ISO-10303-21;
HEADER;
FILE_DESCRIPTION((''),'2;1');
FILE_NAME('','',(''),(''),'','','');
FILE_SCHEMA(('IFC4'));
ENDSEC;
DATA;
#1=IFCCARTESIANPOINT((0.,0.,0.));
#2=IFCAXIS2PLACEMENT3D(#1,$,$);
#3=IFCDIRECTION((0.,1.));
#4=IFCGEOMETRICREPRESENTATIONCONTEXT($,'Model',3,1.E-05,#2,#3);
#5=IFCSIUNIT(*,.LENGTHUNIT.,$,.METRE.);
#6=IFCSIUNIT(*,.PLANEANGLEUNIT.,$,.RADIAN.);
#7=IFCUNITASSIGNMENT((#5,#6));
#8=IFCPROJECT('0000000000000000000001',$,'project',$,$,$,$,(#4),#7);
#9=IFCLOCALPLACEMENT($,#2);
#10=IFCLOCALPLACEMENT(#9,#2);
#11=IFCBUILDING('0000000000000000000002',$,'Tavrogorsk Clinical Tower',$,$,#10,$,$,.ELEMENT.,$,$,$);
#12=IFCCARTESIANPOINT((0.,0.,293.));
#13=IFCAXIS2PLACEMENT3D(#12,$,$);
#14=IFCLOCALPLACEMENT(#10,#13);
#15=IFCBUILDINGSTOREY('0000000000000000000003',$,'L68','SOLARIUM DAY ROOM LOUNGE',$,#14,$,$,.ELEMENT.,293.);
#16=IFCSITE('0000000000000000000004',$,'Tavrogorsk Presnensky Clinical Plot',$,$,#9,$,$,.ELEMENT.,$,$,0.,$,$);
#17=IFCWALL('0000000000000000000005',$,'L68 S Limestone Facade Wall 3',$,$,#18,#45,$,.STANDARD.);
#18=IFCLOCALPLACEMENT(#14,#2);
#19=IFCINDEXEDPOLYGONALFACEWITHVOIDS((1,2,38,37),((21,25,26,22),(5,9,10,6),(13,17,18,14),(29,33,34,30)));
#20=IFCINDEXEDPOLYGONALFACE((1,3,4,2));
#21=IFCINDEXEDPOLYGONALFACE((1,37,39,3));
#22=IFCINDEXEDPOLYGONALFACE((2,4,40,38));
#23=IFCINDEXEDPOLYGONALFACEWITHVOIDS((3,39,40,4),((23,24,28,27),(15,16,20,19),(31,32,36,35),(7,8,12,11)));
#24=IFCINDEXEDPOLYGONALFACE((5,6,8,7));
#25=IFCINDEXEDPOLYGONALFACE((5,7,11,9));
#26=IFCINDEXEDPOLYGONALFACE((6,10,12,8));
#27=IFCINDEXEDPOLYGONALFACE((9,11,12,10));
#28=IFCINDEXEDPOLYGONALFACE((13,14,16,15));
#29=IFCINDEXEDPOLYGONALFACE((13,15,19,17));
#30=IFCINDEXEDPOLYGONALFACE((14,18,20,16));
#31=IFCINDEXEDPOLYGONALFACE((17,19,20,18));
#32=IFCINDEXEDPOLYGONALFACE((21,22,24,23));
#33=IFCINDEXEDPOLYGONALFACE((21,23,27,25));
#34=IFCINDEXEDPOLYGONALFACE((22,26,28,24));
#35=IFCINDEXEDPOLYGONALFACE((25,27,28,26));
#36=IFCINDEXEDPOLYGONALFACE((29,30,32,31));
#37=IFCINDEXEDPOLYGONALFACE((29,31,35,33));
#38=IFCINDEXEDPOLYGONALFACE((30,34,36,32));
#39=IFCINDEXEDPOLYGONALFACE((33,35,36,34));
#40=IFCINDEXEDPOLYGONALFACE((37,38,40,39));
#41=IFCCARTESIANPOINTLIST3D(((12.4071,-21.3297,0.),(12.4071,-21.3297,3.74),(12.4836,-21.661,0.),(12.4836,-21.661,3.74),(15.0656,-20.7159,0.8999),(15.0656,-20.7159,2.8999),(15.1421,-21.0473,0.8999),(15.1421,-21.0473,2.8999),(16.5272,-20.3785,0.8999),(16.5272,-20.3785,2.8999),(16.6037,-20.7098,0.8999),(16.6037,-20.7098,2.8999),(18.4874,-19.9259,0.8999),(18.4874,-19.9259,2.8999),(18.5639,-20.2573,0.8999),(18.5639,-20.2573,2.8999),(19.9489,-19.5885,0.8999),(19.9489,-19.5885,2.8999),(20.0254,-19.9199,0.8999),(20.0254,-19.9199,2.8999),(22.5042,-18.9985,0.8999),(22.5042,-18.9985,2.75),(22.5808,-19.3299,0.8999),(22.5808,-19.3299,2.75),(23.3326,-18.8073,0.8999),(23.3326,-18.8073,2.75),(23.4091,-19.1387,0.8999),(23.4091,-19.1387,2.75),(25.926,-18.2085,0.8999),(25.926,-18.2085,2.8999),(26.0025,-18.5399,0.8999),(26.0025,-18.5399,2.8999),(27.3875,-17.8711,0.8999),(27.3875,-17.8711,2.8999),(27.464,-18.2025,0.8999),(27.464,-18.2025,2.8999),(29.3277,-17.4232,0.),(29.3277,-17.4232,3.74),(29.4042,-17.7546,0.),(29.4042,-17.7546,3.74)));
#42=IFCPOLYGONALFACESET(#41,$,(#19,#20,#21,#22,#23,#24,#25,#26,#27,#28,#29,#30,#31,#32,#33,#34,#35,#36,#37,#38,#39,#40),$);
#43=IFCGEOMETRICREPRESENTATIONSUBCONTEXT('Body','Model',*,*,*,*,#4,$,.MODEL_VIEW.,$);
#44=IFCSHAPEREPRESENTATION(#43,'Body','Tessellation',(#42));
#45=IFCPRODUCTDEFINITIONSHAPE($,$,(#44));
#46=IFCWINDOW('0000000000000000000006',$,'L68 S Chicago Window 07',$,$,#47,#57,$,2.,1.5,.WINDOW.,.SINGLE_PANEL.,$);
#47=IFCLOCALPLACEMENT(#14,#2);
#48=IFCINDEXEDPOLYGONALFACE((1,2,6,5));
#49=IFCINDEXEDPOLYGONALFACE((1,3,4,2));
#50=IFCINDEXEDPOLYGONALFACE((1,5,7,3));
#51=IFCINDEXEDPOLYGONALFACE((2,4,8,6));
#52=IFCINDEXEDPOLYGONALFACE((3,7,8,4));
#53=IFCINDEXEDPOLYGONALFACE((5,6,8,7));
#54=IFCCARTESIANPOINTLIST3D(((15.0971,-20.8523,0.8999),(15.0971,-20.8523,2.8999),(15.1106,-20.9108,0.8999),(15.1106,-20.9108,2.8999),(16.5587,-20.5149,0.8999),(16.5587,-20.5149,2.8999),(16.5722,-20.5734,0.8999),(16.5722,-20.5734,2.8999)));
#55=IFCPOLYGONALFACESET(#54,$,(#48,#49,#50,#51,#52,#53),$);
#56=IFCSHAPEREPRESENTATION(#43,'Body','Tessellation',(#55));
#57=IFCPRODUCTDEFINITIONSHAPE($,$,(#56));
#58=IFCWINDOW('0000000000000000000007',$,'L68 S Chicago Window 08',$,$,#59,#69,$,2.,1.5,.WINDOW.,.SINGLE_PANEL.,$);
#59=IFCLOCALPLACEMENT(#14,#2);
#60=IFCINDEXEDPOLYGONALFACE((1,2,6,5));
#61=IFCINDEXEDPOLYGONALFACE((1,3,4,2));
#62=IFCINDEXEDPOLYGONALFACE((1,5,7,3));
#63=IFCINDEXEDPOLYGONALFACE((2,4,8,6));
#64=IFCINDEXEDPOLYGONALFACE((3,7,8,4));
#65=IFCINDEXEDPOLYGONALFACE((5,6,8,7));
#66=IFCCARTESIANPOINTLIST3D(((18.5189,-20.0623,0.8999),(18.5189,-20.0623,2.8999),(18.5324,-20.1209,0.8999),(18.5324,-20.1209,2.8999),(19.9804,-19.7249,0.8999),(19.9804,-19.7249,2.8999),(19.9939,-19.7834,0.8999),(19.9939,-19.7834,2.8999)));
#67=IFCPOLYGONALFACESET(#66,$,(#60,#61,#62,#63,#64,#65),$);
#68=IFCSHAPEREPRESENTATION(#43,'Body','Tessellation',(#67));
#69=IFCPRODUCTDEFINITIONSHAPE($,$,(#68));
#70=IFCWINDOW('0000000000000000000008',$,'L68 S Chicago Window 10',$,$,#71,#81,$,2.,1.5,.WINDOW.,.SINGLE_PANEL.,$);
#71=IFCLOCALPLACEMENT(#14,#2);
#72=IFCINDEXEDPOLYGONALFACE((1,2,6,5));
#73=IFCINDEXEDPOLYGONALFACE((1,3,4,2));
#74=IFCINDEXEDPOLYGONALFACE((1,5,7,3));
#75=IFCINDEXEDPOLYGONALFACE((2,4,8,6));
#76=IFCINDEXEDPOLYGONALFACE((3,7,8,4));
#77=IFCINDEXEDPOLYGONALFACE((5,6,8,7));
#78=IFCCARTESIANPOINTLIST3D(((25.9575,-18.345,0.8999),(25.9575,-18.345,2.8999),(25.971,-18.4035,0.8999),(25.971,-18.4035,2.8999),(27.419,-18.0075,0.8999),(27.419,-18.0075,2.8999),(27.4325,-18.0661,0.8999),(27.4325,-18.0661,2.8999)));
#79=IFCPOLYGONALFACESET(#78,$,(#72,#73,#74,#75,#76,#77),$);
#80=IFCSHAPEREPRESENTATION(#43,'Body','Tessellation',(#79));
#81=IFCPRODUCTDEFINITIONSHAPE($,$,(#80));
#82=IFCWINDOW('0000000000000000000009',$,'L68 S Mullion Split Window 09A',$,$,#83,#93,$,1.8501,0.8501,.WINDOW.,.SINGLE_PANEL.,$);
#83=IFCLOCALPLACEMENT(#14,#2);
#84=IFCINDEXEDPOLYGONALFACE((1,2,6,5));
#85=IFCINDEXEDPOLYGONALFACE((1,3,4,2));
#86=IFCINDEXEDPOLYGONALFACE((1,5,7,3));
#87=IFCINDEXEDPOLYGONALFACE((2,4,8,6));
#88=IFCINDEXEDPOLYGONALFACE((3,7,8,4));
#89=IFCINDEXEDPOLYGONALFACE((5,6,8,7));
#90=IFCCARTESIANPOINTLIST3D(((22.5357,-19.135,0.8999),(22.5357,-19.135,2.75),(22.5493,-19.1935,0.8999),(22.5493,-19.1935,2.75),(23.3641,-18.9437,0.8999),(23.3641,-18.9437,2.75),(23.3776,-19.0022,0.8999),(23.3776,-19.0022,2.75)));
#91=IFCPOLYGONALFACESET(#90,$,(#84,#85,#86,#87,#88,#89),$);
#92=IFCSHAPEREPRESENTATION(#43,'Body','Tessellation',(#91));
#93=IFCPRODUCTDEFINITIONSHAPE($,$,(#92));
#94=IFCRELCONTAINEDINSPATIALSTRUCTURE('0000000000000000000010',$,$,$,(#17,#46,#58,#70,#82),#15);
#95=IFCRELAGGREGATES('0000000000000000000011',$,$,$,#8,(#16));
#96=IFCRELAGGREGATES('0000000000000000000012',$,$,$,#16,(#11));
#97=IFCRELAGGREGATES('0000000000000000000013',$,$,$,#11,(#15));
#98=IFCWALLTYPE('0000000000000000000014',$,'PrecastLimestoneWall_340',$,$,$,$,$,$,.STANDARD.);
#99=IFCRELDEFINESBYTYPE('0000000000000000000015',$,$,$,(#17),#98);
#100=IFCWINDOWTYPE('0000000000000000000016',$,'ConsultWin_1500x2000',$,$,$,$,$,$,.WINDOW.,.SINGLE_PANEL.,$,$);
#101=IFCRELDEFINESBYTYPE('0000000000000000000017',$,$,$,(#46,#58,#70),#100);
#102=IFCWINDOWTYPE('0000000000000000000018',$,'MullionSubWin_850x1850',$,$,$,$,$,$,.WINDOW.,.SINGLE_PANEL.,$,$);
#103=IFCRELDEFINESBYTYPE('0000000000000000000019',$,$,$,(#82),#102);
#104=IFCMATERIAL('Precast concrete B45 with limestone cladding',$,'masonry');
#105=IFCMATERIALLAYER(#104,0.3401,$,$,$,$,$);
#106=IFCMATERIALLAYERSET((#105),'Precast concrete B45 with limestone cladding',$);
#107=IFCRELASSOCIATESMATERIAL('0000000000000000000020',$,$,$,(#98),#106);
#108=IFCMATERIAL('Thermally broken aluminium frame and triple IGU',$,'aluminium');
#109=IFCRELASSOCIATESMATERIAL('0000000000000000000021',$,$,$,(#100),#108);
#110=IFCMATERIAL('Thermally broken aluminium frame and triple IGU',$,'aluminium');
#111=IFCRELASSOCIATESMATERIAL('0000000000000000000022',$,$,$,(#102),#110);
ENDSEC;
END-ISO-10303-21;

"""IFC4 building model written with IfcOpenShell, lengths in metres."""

from ifc_helpers import new_model, si_unit, direction, frame, frame_2d, origin, place, context, subcontext, project, spatial, rectangle, extrude, material, layer, layer_set, type_object, element, fill, save


model = new_model("IFC4")

# Units and contexts
model_context = context("Model", 3, precision=1e-05, world=origin(), true_north=direction((0.0, 1.0)))
body_context = subcontext(model_context, "Body", "Model", "MODEL_VIEW")
ifc_project = project(units=[si_unit("LENGTHUNIT", "METRE"), si_unit("PLANEANGLEUNIT", "RADIAN")], contexts=[model_context])

# Site, building, storey
site_placement = place(None, origin())
site = spatial("IfcSite", under=ifc_project, at=site_placement, Name="Tavrogorsk Presnensky Clinical Plot", CompositionType="ELEMENT", RefElevation=0.0)
building_placement = place(site_placement, origin())
building = spatial("IfcBuilding", under=site, at=building_placement, Name="Tavrogorsk Clinical Tower", CompositionType="ELEMENT")
storey_placement = place(building_placement, frame((0.0, 0.0, 293.0)))
storey = spatial("IfcBuildingStorey", under=building, at=storey_placement, Name="L68", Description="SOLARIUM DAY ROOM LOUNGE", CompositionType="ELEMENT", Elevation=293.0)

# Wall, openings, windows
ifc_material_1 = material(Name="Precast concrete B45 with limestone cladding", Category="masonry")
ifc_layer_1 = layer(ifc_material_1, 0.3401)
ifc_layer_set_1 = layer_set([ifc_layer_1], Name="Precast concrete B45 with limestone cladding")
wall_type_1 = type_object("IfcWallType", Name="PrecastLimestoneWall_340", PredefinedType="STANDARD", material=ifc_layer_set_1)
ifc_material_2 = material(Name="Thermally broken aluminium frame and triple IGU", Category="aluminium")
window_type_1 = type_object("IfcWindowType", Name="ConsultWin_1500x2000", PartitioningType="SINGLE_PANEL", PredefinedType="WINDOW", material=ifc_material_2)
wall_1_placement = place(storey_placement, frame((12.4453, -21.4954, 0.0), z_axis=(0.0, 0.0, 1.0), x_axis=(0.974369, 0.224954, 0.0)))
wall_1 = element("IfcWall", 1, at=wall_1_placement, inside=storey, type_object=wall_type_1, Name="L68 S Limestone Facade Wall 3", PredefinedType="STANDARD", context=body_context, shape_type="SweptSolid", body=[
    extrude(rectangle(XDim=17.3657, YDim=0.3401, at=frame_2d((8.6829, 0.0))), origin(), (0.0, 0.0, 1.0), 3.74),
])
opening_1_placement = place(wall_1_placement, frame((2.7285, 0.0, 0.8999)))
opening_1 = element("IfcOpeningElement", 2, at=opening_1_placement, cuts=wall_1, PredefinedType="OPENING", context=body_context, shape_type="SweptSolid", body=[
    extrude(rectangle(XDim=1.5, YDim=2.0, at=frame_2d((0.75, 1.0))), frame((0.0, 0.1799, 0.0), z_axis=(0.0, -1.0, 0.0), x_axis=(1.0, 0.0, 0.0)), (0.0, 0.0, 1.0), 0.3601),
])
opening_2_placement = place(wall_1_placement, frame((6.2402, 0.0, 0.8999)))
opening_2 = element("IfcOpeningElement", 3, at=opening_2_placement, cuts=wall_1, PredefinedType="OPENING", context=body_context, shape_type="SweptSolid", body=[
    extrude(rectangle(XDim=1.5, YDim=2.0, at=frame_2d((0.75, 1.0))), frame((0.0, 0.1799, 0.0), z_axis=(0.0, -1.0, 0.0), x_axis=(1.0, 0.0, 0.0)), (0.0, 0.0, 1.0), 0.3601),
])
opening_3_placement = place(wall_1_placement, frame((10.3628, 0.0, 0.8999)))
opening_3 = element("IfcOpeningElement", 4, at=opening_3_placement, cuts=wall_1, PredefinedType="OPENING", context=body_context, shape_type="SweptSolid", body=[
    extrude(rectangle(XDim=0.8501, YDim=1.8501, at=frame_2d((0.425, 0.925))), frame((0.0, 0.1799, 0.0), z_axis=(0.0, -1.0, 0.0), x_axis=(1.0, 0.0, 0.0)), (0.0, 0.0, 1.0), 0.3601),
])
opening_4_placement = place(wall_1_placement, frame((13.8745, 0.0, 0.8999)))
opening_4 = element("IfcOpeningElement", 5, at=opening_4_placement, cuts=wall_1, PredefinedType="OPENING", context=body_context, shape_type="SweptSolid", body=[
    extrude(rectangle(XDim=1.5, YDim=2.0, at=frame_2d((0.75, 1.0))), frame((0.0, 0.1799, 0.0), z_axis=(0.0, -1.0, 0.0), x_axis=(1.0, 0.0, 0.0)), (0.0, 0.0, 1.0), 0.3601),
])
window_1_placement = place(opening_1_placement, origin())
window_1 = element("IfcWindow", 6, at=window_1_placement, inside=storey, type_object=window_type_1, Name="L68 S Chicago Window 07", OverallHeight=2.0, OverallWidth=1.5, PartitioningType="SINGLE_PANEL", PredefinedType="WINDOW", context=body_context, shape_type="SweptSolid", body=[
    extrude(rectangle(XDim=1.5, YDim=2.0, at=frame_2d((0.75, 1.0))), frame((0.0, 0.03, 0.0), z_axis=(0.0, -1.0, 0.0), x_axis=(1.0, 0.0, 0.0)), (0.0, 0.0, 1.0), 0.0601),
])
fill(opening_1, window_1)
window_2_placement = place(opening_2_placement, origin())
window_2 = element("IfcWindow", 7, at=window_2_placement, inside=storey, type_object=window_type_1, Name="L68 S Chicago Window 08", OverallHeight=2.0, OverallWidth=1.5, PartitioningType="SINGLE_PANEL", PredefinedType="WINDOW", context=body_context, shape_type="SweptSolid", body=[
    extrude(rectangle(XDim=1.5, YDim=2.0, at=frame_2d((0.75, 1.0))), frame((0.0, 0.03, 0.0), z_axis=(0.0, -1.0, 0.0), x_axis=(1.0, 0.0, 0.0)), (0.0, 0.0, 1.0), 0.0601),
])
fill(opening_2, window_2)
window_3_placement = place(opening_4_placement, origin())
window_3 = element("IfcWindow", 8, at=window_3_placement, inside=storey, type_object=window_type_1, Name="L68 S Chicago Window 10", OverallHeight=2.0, OverallWidth=1.5, PartitioningType="SINGLE_PANEL", PredefinedType="WINDOW", context=body_context, shape_type="SweptSolid", body=[
    extrude(rectangle(XDim=1.5, YDim=2.0, at=frame_2d((0.75, 1.0))), frame((0.0, 0.03, 0.0), z_axis=(0.0, -1.0, 0.0), x_axis=(1.0, 0.0, 0.0)), (0.0, 0.0, 1.0), 0.0601),
])
fill(opening_4, window_3)
ifc_material_3 = material(Name="Thermally broken aluminium frame and triple IGU", Category="aluminium")
window_type_2 = type_object("IfcWindowType", Name="MullionSubWin_850x1850", PartitioningType="SINGLE_PANEL", PredefinedType="WINDOW", material=ifc_material_3)
window_4_placement = place(opening_3_placement, origin())
window_4 = element("IfcWindow", 9, at=window_4_placement, inside=storey, type_object=window_type_2, Name="L68 S Mullion Split Window 09A", OverallHeight=1.8501, OverallWidth=0.8501, PartitioningType="SINGLE_PANEL", PredefinedType="WINDOW", context=body_context, shape_type="SweptSolid", body=[
    extrude(rectangle(XDim=0.8501, YDim=1.8501, at=frame_2d((0.425, 0.925))), frame((0.0, 0.03, 0.0), z_axis=(0.0, -1.0, 0.0), x_axis=(1.0, 0.0, 0.0)), (0.0, 0.0, 1.0), 0.0601),
])
fill(opening_3, window_4)

save(model, "model.ifc")
